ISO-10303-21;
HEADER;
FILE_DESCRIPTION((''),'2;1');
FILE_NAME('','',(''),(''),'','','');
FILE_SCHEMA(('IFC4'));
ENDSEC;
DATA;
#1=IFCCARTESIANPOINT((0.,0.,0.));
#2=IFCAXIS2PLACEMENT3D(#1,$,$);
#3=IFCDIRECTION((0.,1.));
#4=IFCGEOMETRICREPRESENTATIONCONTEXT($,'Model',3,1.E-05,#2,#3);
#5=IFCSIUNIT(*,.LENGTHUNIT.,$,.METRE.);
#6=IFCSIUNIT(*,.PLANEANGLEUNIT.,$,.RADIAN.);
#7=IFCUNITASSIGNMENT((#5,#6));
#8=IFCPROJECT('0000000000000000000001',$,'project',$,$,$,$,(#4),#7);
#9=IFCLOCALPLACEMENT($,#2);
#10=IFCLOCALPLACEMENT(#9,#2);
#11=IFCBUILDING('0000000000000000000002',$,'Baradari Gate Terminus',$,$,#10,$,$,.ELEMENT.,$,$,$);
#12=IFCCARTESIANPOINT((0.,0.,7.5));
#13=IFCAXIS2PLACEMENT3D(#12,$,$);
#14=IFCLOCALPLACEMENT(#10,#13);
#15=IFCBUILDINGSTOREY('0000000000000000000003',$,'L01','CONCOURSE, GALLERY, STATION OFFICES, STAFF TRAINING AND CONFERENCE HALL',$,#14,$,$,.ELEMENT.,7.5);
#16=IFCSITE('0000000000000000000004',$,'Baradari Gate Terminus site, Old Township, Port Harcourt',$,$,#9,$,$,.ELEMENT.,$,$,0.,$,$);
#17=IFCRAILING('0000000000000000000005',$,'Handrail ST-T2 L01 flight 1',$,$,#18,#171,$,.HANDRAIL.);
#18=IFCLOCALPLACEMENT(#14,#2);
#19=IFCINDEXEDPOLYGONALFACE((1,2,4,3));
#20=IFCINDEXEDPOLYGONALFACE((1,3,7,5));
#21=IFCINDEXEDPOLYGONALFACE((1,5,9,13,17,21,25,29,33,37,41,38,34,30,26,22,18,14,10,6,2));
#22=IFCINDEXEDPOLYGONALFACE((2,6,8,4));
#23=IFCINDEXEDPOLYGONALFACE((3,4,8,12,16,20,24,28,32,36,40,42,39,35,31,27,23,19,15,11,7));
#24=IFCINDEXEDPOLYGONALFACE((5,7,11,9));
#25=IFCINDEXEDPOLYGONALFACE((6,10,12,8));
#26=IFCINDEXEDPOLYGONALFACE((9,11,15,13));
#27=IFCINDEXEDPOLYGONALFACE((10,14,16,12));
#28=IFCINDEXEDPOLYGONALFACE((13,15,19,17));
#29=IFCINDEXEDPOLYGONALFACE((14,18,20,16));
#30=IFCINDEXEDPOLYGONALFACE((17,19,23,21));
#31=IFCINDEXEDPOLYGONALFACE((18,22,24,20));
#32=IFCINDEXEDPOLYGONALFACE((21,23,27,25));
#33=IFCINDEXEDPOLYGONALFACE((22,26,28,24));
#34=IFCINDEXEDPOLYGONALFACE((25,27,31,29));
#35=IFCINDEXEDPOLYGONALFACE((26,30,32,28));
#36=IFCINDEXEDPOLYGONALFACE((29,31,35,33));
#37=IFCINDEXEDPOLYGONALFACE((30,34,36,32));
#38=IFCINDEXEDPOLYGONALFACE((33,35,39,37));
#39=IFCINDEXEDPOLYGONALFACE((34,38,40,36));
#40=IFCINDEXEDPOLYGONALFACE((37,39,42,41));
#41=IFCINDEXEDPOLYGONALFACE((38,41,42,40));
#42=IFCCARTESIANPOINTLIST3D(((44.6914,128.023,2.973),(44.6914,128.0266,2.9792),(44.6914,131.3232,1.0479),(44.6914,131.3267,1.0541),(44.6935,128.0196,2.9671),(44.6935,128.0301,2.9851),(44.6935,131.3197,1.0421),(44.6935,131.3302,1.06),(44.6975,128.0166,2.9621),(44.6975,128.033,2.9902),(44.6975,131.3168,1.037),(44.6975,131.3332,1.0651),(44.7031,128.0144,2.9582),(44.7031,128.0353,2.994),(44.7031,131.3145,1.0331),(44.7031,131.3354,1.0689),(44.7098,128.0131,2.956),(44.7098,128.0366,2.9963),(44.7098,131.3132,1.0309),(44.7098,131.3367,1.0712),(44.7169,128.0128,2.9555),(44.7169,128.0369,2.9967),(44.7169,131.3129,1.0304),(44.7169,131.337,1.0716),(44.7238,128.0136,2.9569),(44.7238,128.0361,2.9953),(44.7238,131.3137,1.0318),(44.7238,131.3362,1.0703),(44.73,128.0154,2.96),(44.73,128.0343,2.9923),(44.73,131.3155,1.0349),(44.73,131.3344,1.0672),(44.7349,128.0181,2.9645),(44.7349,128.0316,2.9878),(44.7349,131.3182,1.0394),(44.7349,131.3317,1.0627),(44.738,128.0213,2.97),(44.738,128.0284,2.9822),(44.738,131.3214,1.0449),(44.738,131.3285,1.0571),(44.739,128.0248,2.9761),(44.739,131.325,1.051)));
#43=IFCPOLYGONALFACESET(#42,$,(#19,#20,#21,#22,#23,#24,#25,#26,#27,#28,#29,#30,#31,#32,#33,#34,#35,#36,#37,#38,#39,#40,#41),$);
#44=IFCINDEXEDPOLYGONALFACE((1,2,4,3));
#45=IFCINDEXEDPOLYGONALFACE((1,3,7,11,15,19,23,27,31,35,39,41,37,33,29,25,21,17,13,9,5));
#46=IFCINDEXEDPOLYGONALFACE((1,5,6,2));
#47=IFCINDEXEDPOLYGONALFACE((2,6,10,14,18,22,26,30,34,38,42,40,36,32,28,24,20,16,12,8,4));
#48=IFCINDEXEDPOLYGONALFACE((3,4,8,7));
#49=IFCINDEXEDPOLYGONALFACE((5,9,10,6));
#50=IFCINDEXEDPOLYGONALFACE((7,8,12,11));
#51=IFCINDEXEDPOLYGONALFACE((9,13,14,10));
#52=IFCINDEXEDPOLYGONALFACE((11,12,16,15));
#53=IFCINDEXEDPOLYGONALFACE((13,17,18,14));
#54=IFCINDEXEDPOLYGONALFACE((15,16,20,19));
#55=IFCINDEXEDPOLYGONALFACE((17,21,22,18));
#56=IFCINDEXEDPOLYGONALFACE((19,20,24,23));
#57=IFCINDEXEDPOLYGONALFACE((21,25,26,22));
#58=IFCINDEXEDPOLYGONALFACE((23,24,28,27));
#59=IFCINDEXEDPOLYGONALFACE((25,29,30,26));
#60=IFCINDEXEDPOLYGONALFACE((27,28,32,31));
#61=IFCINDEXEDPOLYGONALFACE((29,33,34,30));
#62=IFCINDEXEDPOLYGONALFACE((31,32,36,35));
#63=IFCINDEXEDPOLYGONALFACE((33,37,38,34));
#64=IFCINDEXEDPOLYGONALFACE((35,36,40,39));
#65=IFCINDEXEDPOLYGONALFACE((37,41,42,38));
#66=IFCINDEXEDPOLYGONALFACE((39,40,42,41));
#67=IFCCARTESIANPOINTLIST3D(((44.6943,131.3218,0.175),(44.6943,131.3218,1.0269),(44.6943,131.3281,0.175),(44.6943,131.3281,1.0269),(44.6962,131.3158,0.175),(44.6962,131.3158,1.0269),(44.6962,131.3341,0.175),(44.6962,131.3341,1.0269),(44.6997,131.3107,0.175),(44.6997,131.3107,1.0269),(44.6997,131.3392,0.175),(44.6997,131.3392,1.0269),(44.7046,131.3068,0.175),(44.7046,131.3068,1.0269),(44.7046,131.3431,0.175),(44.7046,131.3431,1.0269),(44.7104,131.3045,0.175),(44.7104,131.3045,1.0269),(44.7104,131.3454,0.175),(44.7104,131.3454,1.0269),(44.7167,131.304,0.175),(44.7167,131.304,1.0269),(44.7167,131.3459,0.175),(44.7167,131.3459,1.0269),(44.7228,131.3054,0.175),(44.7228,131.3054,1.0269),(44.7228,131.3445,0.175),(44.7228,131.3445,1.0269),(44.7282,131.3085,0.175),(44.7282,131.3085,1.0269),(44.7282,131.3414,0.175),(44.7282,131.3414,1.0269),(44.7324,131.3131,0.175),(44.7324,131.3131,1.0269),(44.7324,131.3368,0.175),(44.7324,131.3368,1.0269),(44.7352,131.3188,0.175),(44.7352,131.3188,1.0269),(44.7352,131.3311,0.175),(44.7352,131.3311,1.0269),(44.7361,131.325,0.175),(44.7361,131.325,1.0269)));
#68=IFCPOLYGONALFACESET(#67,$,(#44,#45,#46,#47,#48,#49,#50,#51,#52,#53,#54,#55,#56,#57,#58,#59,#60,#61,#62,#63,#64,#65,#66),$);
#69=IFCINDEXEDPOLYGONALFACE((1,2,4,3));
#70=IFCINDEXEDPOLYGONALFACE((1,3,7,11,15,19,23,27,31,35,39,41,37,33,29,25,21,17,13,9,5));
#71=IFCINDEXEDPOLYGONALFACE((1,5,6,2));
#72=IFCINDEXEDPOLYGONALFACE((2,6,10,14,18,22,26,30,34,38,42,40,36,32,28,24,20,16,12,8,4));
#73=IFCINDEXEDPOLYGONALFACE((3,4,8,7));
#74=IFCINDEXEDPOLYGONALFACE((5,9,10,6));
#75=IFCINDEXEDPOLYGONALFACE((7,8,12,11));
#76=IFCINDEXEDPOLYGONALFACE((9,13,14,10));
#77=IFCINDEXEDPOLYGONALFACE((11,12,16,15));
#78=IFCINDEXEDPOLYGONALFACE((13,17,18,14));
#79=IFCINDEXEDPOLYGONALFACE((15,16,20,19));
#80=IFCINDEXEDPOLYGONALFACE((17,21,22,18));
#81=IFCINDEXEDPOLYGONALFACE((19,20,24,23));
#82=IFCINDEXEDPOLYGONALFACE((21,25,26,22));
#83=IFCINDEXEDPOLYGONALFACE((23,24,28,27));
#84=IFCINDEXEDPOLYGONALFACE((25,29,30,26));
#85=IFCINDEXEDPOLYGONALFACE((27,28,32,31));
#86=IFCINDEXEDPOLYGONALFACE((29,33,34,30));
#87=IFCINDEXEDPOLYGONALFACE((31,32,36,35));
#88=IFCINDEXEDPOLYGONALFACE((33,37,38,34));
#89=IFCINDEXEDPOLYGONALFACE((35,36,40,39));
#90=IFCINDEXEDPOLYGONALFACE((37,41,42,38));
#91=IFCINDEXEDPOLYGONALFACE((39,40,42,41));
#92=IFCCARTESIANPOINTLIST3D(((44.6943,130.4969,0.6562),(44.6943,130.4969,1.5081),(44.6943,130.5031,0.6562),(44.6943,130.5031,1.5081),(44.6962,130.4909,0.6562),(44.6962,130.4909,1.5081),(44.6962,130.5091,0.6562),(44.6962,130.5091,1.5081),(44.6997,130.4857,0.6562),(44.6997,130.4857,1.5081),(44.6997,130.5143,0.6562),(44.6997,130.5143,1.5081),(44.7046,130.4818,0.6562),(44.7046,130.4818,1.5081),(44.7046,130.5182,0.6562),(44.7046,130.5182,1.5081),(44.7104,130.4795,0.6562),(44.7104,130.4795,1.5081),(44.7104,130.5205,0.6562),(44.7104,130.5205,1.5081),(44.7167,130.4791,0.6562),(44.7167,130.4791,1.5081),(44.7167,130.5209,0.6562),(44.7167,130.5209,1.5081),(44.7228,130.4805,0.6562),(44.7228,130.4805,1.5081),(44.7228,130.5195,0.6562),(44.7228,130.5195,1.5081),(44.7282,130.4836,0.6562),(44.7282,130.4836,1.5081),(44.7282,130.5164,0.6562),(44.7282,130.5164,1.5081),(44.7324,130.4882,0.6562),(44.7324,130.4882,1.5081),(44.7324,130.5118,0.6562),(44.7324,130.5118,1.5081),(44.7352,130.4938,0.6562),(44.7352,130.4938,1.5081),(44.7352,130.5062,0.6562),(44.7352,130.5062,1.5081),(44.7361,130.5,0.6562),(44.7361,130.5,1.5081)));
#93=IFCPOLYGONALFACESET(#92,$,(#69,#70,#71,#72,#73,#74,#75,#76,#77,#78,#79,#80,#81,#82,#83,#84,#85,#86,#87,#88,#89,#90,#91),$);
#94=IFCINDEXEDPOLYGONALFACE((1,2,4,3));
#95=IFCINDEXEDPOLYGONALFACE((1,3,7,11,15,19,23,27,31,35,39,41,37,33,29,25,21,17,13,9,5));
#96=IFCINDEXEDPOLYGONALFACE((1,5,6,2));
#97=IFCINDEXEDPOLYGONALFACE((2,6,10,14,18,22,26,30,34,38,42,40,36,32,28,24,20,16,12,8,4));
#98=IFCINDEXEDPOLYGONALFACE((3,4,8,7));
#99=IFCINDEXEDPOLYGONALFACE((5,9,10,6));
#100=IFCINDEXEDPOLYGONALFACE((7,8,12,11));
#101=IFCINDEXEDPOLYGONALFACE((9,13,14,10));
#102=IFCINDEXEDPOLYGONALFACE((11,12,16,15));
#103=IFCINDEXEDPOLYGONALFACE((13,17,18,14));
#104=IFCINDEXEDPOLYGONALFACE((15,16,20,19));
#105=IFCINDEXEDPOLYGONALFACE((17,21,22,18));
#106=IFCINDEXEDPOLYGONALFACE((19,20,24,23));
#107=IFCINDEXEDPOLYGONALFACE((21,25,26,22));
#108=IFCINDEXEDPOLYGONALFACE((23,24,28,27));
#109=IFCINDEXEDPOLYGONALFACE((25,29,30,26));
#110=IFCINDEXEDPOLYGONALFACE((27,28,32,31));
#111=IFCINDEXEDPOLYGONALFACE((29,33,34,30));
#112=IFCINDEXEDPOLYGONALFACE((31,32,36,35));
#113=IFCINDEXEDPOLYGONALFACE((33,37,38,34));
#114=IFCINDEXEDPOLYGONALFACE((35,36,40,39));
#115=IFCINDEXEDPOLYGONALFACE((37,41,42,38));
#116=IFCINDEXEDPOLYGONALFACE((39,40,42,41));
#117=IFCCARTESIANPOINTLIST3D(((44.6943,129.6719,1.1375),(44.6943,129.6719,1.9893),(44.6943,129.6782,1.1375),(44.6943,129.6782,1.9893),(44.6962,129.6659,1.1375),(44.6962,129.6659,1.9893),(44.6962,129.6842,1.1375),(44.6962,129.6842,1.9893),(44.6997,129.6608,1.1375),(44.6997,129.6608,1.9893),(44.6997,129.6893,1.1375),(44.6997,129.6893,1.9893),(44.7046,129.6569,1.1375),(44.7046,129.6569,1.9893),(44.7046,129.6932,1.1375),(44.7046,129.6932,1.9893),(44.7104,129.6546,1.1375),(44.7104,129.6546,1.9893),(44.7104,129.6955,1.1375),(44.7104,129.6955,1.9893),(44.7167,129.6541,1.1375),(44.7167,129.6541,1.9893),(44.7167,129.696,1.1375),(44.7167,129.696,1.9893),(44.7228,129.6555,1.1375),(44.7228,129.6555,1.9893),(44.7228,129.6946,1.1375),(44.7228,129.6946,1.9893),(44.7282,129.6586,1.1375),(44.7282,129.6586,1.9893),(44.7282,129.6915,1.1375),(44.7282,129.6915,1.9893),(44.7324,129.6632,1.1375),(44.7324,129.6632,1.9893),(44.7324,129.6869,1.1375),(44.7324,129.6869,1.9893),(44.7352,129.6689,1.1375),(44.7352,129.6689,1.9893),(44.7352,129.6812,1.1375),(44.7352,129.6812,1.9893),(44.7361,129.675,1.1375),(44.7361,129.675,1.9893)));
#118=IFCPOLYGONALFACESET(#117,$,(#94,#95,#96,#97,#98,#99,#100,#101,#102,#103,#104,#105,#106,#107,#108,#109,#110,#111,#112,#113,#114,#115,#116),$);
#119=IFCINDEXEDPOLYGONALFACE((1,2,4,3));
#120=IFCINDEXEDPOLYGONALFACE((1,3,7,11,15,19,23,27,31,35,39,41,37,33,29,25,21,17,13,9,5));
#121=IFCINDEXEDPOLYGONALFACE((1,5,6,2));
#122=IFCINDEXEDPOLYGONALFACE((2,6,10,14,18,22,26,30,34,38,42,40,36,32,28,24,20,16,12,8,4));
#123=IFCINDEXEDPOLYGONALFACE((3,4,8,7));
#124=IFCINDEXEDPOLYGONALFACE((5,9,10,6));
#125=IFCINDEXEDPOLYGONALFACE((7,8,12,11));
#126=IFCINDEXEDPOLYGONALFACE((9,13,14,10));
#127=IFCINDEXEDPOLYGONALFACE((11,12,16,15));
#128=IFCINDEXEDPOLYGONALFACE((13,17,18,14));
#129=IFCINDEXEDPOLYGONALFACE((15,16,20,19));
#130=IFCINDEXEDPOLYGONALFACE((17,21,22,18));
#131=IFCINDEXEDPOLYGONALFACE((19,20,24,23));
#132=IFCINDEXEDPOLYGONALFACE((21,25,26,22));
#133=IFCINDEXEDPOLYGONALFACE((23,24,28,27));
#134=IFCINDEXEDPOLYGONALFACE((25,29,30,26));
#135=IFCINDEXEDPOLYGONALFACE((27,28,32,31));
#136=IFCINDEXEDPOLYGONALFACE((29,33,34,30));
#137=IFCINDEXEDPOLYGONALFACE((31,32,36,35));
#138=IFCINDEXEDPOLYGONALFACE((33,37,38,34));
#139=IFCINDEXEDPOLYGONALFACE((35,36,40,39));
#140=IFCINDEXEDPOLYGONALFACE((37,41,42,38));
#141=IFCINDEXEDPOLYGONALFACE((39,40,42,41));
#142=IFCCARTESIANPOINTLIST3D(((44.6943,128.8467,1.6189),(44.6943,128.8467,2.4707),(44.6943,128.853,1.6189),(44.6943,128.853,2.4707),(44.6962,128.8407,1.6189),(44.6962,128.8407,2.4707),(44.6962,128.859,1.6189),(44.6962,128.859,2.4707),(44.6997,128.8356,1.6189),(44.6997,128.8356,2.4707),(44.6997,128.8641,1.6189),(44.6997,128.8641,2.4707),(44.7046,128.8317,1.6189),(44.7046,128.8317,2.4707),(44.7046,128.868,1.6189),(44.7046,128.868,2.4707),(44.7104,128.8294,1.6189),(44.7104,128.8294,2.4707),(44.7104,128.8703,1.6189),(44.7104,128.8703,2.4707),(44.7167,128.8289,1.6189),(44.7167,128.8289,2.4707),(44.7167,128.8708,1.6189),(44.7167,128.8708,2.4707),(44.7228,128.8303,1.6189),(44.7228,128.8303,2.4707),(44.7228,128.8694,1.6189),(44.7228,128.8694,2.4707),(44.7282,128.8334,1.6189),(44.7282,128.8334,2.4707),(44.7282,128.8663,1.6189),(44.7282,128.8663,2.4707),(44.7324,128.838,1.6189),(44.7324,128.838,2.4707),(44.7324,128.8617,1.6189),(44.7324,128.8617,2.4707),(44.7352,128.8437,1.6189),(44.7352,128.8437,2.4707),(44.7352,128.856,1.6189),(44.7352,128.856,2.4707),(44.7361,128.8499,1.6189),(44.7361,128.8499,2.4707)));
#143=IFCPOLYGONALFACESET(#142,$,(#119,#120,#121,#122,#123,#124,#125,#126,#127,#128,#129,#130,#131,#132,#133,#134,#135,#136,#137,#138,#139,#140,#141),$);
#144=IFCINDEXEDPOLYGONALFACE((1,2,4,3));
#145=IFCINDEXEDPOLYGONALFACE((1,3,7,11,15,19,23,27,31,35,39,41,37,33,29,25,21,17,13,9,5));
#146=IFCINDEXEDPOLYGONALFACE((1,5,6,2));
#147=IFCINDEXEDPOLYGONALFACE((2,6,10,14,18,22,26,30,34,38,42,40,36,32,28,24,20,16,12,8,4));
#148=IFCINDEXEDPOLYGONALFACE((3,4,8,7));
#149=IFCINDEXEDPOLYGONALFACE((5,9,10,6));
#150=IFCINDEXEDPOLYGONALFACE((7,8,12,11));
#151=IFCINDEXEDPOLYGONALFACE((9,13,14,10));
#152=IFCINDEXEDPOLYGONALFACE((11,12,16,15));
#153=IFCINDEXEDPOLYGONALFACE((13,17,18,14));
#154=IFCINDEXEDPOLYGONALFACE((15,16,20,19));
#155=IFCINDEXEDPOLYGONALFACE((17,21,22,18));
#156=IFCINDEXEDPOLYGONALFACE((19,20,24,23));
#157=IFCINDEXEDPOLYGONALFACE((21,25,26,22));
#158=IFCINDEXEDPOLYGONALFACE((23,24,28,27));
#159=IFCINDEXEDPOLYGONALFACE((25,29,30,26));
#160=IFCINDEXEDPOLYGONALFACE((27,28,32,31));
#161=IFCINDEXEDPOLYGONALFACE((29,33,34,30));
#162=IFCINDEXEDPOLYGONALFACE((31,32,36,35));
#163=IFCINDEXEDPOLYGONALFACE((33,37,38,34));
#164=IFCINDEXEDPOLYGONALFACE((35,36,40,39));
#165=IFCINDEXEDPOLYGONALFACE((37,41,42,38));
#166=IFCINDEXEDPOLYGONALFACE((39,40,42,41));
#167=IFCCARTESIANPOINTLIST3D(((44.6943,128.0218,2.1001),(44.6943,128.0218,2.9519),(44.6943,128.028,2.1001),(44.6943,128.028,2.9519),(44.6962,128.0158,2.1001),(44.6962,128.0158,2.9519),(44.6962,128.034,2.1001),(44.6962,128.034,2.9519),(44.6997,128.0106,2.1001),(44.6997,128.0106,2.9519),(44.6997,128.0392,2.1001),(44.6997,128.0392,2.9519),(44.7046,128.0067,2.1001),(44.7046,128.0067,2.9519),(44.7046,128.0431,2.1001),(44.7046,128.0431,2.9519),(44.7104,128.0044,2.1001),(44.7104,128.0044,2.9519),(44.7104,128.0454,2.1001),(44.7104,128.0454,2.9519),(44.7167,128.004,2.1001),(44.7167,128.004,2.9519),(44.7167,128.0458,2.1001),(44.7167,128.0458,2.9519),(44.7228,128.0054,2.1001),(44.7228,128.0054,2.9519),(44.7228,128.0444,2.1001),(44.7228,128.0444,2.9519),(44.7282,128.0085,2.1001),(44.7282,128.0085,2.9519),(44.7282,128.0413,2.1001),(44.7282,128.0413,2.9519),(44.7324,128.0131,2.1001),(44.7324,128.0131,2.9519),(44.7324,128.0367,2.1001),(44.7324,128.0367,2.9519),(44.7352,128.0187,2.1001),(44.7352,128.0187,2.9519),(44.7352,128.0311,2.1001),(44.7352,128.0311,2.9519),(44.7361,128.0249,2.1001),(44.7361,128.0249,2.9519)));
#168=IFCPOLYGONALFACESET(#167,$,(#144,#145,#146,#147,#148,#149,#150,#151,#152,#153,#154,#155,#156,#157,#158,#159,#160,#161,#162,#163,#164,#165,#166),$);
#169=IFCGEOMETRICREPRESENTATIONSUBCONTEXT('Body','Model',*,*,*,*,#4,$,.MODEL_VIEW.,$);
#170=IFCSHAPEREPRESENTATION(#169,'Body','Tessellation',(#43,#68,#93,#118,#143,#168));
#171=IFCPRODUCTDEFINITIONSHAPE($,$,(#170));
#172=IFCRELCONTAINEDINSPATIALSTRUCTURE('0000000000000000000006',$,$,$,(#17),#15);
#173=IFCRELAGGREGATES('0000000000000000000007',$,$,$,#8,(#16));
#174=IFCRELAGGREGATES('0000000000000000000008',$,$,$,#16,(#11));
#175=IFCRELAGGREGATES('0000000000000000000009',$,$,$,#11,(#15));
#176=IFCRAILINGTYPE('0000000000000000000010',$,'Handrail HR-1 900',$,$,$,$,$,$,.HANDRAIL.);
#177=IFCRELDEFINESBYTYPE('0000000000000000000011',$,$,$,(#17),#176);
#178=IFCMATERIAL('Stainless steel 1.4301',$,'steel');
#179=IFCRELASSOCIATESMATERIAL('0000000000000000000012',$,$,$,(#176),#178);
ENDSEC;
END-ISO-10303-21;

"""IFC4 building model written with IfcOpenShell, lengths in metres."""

from ifc_helpers import new_model, si_unit, direction, frame, origin, origin_2d, place, context, subcontext, project, spatial, circle, extrude, material, type_object, element, save


model = new_model("IFC4")

# Units and contexts
model_context = context("Model", 3, precision=1e-05, world=origin(), true_north=direction((0.0, 1.0)))
body_context = subcontext(model_context, "Body", "Model", "MODEL_VIEW")
ifc_project = project(units=[si_unit("LENGTHUNIT", "METRE"), si_unit("PLANEANGLEUNIT", "RADIAN")], contexts=[model_context])

# Site, building, storey
site_placement = place(None, origin())
site = spatial("IfcSite", under=ifc_project, at=site_placement, Name="Baradari Gate Terminus site, Old Township, Port Harcourt", CompositionType="ELEMENT", RefElevation=0.0)
building_placement = place(site_placement, origin())
building = spatial("IfcBuilding", under=site, at=building_placement, Name="Baradari Gate Terminus", CompositionType="ELEMENT")
storey_placement = place(building_placement, frame((0.0, 0.0, 7.5)))
storey = spatial("IfcBuildingStorey", under=building, at=storey_placement, Name="L01", Description="CONCOURSE, GALLERY, STATION OFFICES, STAFF TRAINING AND CONFERENCE HALL", CompositionType="ELEMENT", Elevation=7.5)

# Railing
ifc_material_1 = material(Name="Stainless steel 1.4301", Category="steel")
railing_type = type_object("IfcRailingType", Name="Handrail HR-1 900", PredefinedType="HANDRAIL", material=ifc_material_1)
for number, where, name in (
    (1, (44.7151, 131.325, 0.175), "Handrail ST-T2 L01 flight 1"),
):
    element("IfcRailing", number, at=place(storey_placement, frame(where)), inside=storey, type_object=railing_type, Name=name, PredefinedType="HANDRAIL", context=body_context, shape_type="SweptSolid", body=[
        extrude(circle(Radius=0.0239, at=origin_2d()), frame((0.0, 0.0, 0.876), z_axis=(0.0, -0.863777, 0.503875), x_axis=(1.0, 0.0, 0.0)), (0.0, 0.0, 1.0), 3.8206),
        extrude(circle(Radius=0.021, at=origin_2d()), origin(), (0.0, 0.0, 1.0), 0.8518),
        extrude(circle(Radius=0.021, at=origin_2d()), frame((0.0, -0.825, 0.4812)), (0.0, 0.0, 1.0), 0.8518),
        extrude(circle(Radius=0.021, at=origin_2d()), frame((0.0, -1.6499, 0.9624)), (0.0, 0.0, 1.0), 0.8518),
        extrude(circle(Radius=0.021, at=origin_2d()), frame((0.0, -2.4751, 1.4438)), (0.0, 0.0, 1.0), 0.8518),
        extrude(circle(Radius=0.021, at=origin_2d()), frame((0.0, -3.3, 1.925)), (0.0, 0.0, 1.0), 0.8518),
    ])

save(model, "model.ifc")
